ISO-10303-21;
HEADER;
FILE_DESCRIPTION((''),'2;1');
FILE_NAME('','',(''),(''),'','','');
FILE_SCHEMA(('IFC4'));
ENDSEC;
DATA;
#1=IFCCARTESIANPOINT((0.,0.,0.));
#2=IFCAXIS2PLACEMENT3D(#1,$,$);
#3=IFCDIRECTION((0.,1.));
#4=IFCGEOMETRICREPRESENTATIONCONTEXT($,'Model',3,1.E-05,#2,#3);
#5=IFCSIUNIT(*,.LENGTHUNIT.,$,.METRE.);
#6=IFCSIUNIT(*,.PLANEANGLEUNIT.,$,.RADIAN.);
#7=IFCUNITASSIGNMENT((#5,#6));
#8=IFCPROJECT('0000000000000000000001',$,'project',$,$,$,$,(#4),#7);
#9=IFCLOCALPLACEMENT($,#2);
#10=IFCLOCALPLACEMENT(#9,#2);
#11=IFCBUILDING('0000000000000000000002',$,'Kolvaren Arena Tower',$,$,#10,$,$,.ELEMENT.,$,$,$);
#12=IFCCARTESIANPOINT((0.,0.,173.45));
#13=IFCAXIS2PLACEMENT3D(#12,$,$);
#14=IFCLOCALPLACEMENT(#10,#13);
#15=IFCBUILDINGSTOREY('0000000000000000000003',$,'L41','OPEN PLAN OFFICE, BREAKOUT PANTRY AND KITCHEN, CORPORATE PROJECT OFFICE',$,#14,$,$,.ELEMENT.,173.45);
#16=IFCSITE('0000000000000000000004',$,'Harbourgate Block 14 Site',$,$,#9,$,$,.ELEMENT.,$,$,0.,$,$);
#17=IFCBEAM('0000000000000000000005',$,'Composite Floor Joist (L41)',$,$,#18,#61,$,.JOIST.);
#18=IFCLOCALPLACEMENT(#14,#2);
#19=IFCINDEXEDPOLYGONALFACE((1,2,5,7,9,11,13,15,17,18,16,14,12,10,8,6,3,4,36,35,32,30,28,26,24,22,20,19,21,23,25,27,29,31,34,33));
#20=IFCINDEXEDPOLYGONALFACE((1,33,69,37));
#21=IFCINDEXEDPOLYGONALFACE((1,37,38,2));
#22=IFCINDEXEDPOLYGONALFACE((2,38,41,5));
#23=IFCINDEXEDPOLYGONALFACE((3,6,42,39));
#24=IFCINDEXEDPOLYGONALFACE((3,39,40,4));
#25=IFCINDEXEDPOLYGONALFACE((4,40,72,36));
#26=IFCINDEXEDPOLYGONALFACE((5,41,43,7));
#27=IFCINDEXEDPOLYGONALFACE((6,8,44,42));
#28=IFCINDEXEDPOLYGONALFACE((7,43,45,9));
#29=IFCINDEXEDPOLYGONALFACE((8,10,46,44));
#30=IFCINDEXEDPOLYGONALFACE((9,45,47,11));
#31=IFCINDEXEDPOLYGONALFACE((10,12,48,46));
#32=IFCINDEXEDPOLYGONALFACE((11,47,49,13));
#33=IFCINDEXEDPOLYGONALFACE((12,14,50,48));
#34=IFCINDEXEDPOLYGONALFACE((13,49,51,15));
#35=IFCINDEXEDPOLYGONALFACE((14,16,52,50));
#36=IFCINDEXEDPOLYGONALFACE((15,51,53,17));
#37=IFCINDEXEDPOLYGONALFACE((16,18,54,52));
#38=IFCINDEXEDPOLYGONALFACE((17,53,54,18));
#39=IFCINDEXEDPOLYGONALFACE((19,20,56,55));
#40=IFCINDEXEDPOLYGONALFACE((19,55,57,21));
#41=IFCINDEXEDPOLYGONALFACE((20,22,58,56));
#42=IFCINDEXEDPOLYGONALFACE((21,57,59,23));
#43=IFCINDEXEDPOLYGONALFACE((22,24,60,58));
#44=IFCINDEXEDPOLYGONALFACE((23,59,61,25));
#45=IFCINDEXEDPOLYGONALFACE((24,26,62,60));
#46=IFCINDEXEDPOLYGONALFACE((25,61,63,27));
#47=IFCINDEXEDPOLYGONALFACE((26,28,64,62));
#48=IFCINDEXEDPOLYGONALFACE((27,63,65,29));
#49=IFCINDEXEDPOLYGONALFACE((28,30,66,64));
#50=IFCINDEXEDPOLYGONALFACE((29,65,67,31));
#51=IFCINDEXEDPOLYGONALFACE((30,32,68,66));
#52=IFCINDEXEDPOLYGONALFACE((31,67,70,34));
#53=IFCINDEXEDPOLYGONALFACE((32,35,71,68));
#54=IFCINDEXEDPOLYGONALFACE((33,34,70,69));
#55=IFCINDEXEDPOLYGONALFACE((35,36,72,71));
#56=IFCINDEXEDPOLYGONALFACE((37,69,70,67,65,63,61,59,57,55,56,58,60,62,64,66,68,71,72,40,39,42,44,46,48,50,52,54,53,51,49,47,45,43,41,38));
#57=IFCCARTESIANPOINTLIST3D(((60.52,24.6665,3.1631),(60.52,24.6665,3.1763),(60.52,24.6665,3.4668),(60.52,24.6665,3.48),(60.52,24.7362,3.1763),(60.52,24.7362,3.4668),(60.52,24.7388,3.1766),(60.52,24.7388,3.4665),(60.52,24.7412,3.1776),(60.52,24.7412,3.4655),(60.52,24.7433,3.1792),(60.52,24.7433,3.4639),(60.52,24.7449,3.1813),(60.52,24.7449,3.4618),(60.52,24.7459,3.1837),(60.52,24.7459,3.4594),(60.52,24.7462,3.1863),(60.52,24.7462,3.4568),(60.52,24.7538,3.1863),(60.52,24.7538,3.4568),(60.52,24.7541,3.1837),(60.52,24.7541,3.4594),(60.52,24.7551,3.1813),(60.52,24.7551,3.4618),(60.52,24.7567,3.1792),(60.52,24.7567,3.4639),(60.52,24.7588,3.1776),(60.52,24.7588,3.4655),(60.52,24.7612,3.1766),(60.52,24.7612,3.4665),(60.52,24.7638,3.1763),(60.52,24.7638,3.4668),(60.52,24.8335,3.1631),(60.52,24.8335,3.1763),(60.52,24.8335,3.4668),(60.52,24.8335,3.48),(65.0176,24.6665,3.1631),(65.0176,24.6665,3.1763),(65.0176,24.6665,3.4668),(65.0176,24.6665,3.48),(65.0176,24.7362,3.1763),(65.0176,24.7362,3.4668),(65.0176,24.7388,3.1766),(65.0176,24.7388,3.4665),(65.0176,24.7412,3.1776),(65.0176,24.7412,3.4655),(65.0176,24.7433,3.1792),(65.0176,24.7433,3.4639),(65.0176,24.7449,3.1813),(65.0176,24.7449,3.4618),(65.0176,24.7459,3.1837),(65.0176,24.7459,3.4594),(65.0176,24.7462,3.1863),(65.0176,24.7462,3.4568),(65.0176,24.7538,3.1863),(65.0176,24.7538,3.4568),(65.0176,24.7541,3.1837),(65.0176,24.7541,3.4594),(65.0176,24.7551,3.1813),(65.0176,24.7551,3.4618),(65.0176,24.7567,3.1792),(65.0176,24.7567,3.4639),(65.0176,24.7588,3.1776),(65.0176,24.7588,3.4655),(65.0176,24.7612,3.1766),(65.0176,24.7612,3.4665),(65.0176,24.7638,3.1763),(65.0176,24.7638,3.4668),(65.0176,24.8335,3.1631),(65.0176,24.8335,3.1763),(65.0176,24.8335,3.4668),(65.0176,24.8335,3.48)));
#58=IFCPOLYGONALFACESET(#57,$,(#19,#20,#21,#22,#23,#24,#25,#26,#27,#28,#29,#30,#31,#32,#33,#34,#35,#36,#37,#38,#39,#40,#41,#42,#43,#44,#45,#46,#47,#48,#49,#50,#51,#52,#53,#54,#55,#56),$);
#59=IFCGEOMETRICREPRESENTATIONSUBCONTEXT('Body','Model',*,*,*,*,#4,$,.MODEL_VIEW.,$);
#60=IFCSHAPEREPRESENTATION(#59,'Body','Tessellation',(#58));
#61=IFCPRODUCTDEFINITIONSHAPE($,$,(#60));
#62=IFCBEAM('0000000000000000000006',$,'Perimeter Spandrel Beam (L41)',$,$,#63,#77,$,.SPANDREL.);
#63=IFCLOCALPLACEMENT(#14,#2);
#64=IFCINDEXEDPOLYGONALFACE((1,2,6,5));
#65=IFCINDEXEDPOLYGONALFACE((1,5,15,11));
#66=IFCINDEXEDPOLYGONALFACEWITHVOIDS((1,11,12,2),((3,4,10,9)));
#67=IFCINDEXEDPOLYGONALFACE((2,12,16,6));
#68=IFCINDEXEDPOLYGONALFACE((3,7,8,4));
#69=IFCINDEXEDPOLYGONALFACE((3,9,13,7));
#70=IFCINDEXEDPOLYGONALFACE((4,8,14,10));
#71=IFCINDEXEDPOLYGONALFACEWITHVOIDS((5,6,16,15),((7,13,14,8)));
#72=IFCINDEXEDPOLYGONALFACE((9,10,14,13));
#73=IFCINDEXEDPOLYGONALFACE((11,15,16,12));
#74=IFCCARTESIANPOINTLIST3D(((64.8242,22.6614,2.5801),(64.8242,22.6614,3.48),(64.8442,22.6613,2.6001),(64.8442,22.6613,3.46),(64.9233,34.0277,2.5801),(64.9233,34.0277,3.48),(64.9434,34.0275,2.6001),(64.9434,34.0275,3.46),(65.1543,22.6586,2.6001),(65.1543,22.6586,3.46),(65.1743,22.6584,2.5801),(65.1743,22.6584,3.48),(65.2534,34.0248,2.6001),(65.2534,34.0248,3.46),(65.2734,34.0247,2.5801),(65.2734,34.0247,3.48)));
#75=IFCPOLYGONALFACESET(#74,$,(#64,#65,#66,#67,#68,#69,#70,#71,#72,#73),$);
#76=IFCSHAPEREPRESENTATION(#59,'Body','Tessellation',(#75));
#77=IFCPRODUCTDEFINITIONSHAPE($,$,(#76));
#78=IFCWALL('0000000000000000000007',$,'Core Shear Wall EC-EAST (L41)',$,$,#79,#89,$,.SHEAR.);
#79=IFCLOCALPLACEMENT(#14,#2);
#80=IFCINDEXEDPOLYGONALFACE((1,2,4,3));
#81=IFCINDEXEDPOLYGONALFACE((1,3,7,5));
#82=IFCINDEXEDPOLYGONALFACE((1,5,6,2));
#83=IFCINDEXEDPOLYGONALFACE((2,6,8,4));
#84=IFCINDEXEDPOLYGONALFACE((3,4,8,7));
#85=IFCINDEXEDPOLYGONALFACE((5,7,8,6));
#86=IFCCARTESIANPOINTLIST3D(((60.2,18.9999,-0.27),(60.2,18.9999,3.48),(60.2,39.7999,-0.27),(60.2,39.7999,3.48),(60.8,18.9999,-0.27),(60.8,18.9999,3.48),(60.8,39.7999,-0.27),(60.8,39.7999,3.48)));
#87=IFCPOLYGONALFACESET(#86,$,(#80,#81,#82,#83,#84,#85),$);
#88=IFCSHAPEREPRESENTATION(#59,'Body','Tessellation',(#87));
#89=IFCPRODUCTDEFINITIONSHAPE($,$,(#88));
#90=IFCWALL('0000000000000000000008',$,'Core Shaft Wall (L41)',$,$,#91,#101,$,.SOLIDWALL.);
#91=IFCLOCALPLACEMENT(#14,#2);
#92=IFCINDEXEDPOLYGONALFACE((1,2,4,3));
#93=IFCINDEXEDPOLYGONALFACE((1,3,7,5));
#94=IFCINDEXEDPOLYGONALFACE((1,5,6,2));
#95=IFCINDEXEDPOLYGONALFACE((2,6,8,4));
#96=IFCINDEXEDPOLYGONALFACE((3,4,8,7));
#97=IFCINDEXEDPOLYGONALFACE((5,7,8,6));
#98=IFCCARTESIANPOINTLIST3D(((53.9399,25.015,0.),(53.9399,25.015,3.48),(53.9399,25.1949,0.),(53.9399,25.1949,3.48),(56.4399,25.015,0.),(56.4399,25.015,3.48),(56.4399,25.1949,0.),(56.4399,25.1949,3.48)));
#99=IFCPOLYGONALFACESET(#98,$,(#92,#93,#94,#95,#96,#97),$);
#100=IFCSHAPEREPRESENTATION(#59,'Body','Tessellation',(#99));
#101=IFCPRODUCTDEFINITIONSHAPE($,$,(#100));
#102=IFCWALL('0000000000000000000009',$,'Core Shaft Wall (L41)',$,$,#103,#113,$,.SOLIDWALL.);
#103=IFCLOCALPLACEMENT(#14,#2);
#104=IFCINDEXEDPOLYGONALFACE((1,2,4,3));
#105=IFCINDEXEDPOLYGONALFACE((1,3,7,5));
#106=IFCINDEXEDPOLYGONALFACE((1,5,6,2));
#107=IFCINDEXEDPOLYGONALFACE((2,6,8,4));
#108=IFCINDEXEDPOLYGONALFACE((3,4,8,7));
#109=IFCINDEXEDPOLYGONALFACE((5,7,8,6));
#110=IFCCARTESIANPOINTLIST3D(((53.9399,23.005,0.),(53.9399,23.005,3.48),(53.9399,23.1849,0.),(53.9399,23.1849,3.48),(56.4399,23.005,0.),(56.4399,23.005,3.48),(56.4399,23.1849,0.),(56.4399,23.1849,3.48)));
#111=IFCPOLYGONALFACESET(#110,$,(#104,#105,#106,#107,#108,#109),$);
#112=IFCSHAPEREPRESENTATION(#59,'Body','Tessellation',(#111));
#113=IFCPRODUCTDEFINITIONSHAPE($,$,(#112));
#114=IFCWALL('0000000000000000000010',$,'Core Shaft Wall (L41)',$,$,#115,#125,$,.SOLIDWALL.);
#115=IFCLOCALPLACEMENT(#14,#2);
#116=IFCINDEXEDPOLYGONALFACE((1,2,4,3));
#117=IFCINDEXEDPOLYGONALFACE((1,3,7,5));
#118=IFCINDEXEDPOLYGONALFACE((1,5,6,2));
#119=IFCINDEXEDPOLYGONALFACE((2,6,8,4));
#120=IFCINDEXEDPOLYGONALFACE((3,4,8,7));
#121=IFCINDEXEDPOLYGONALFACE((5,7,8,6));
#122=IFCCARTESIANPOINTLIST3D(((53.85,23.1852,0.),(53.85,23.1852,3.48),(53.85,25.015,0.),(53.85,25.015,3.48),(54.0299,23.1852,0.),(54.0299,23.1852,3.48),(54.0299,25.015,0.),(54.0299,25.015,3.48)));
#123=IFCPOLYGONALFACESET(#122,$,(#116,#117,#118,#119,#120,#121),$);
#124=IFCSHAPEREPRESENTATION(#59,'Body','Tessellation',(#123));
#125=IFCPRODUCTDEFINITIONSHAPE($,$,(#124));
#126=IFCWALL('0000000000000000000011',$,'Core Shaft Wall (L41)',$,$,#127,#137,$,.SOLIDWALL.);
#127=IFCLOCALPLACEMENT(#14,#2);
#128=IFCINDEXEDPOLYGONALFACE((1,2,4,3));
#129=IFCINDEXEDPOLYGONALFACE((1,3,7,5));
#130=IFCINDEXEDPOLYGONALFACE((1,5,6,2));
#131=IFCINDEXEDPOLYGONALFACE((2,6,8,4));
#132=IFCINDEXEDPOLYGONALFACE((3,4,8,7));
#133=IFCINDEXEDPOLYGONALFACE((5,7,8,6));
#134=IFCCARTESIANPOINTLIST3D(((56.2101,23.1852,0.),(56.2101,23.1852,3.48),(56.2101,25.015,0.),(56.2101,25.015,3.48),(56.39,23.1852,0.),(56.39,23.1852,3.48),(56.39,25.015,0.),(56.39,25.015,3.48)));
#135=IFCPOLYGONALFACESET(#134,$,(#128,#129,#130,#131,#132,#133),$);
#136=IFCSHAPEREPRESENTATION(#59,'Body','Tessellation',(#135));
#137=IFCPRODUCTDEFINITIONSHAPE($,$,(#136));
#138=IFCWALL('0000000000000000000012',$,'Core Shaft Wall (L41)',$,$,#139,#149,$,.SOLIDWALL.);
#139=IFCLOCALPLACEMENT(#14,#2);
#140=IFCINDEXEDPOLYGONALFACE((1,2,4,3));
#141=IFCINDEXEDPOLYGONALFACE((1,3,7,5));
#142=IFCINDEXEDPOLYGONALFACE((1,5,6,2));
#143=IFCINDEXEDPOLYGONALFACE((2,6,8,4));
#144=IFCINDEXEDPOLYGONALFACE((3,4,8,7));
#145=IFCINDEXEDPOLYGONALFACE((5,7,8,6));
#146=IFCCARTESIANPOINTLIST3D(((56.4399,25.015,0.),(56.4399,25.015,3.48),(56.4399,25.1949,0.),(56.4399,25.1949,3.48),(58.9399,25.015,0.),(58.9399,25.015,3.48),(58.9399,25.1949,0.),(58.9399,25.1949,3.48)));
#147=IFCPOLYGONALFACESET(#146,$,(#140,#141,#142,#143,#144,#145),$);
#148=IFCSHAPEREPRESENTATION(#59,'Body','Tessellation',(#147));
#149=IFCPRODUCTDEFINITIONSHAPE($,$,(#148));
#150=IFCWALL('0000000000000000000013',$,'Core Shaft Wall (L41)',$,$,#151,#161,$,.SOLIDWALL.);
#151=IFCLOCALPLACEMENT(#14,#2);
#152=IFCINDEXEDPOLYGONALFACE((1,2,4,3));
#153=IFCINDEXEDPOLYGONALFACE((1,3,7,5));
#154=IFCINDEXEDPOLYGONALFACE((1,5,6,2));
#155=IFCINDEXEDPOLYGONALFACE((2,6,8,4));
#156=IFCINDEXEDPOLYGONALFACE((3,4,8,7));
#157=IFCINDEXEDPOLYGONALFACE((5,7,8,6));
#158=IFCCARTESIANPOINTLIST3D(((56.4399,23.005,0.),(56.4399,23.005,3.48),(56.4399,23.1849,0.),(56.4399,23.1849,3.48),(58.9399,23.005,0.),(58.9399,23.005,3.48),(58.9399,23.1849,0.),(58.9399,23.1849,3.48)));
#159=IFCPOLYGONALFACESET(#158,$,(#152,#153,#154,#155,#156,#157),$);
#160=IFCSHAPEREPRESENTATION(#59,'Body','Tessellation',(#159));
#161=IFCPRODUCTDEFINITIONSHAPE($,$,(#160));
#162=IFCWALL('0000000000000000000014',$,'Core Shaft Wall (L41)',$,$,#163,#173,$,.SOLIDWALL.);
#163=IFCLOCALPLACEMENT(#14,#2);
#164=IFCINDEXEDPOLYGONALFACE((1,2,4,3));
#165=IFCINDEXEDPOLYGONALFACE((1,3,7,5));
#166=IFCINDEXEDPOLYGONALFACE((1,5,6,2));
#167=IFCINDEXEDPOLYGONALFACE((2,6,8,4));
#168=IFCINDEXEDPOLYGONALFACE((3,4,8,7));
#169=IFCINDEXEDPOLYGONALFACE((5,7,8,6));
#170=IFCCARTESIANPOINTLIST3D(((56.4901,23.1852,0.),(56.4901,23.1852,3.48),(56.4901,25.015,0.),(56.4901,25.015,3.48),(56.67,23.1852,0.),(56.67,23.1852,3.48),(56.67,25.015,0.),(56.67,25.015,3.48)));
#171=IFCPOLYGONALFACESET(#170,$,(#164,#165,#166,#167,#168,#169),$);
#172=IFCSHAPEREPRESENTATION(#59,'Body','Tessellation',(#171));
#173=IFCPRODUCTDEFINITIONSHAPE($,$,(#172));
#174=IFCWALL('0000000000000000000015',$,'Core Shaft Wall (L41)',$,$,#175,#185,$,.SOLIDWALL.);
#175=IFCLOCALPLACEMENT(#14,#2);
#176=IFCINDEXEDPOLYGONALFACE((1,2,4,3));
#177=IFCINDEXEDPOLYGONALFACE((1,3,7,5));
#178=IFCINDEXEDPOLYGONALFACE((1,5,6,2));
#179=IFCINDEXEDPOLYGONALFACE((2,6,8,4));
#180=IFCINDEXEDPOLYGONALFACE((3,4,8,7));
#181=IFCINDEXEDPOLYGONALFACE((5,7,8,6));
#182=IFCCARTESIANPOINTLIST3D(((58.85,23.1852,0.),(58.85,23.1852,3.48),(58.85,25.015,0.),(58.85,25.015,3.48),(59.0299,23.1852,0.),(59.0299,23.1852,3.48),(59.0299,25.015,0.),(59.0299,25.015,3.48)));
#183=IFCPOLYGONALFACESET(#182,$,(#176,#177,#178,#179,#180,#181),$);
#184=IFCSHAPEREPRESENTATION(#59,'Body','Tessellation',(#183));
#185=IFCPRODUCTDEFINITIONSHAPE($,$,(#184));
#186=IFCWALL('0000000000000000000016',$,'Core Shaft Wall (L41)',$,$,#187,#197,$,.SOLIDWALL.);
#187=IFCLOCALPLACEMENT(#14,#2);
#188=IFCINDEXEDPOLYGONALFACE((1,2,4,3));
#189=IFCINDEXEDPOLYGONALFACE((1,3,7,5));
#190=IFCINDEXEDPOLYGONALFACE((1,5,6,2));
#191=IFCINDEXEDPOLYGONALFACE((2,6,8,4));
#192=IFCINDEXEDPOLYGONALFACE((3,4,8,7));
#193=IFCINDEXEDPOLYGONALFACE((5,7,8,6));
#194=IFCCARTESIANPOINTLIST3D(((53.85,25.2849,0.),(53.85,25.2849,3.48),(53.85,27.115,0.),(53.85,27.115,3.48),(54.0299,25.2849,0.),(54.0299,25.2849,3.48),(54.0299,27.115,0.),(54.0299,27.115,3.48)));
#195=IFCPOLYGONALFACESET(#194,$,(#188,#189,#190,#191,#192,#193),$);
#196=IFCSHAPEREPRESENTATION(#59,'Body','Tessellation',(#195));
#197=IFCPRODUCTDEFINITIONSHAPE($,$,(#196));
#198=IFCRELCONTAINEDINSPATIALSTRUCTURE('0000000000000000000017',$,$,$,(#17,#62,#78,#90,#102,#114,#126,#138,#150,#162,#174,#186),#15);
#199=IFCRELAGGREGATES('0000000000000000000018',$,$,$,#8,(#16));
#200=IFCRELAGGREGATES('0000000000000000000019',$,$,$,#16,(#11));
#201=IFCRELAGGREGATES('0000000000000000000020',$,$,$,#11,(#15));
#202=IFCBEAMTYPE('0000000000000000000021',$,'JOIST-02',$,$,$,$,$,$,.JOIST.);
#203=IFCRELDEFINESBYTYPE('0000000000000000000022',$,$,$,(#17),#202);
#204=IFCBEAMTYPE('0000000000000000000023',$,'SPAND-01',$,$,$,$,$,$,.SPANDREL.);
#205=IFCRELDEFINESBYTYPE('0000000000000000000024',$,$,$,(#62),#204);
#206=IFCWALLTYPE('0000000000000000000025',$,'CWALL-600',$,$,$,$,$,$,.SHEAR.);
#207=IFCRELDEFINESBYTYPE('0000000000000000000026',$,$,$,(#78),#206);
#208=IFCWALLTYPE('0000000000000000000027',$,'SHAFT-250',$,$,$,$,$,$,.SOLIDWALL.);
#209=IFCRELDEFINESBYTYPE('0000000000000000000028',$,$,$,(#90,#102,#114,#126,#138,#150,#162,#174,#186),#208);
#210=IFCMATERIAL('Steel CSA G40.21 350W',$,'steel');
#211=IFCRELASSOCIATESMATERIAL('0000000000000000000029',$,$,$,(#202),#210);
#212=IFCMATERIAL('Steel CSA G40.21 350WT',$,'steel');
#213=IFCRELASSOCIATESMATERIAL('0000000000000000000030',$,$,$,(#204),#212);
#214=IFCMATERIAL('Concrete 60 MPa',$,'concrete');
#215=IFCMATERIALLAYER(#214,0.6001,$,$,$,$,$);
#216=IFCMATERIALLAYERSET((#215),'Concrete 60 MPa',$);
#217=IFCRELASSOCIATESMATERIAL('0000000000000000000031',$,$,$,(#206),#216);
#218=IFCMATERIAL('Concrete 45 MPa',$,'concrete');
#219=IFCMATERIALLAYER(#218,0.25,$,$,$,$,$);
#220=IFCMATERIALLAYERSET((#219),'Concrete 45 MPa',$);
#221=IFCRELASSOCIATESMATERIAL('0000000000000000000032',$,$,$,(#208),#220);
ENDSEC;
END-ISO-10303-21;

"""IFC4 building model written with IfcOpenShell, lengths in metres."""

from ifc_helpers import new_model, si_unit, direction, frame, frame_2d, origin, origin_2d, place, context, subcontext, project, spatial, rectangle, hollow_rectangle, i_section, extrude, material, layer, layer_set, material_profile, profile_set, type_object, element, save


model = new_model("IFC4")

# Units and contexts
model_context = context("Model", 3, precision=1e-05, world=origin(), true_north=direction((0.0, 1.0)))
body_context = subcontext(model_context, "Body", "Model", "MODEL_VIEW")
ifc_project = project(units=[si_unit("LENGTHUNIT", "METRE"), si_unit("PLANEANGLEUNIT", "RADIAN")], contexts=[model_context])

# Site, building, storey
site_placement = place(None, origin())
site = spatial("IfcSite", under=ifc_project, at=site_placement, Name="Harbourgate Block 14 Site", CompositionType="ELEMENT", RefElevation=0.0)
building_placement = place(site_placement, origin())
building = spatial("IfcBuilding", under=site, at=building_placement, Name="Kolvaren Arena Tower", CompositionType="ELEMENT")
storey_placement = place(building_placement, frame((0.0, 0.0, 173.45)))
storey = spatial("IfcBuildingStorey", under=building, at=storey_placement, Name="L41", Description="OPEN PLAN OFFICE, BREAKOUT PANTRY AND KITCHEN, CORPORATE PROJECT OFFICE", CompositionType="ELEMENT", Elevation=173.45)

# Beams
ifc_material_1 = material(Name="Steel CSA G40.21 350W", Category="steel")
ifc_material_profile_1 = material_profile(ifc_material_1, i_section(OverallWidth=0.167, OverallDepth=0.3169, WebThickness=0.0076, FlangeThickness=0.0132, FilletRadius=0.01, at=origin_2d()), Name="W310x52")
ifc_profile_set_1 = profile_set([ifc_material_profile_1], Name="Steel CSA G40.21 350W")
beam_type_1 = type_object("IfcBeamType", Name="JOIST-02", PredefinedType="JOIST", material=ifc_profile_set_1)
beam_1_placement = place(storey_placement, frame((60.52, 24.75, 3.3215), z_axis=(1.0, 0.0, 0.0), x_axis=(0.0, 1.0, 0.0)))
element("IfcBeam", 1, at=beam_1_placement, inside=storey, type_object=beam_type_1, Name="Composite Floor Joist (L41)", PredefinedType="JOIST", context=body_context, shape_type="SweptSolid", body=[
    extrude(i_section(OverallWidth=0.167, OverallDepth=0.3169, WebThickness=0.0076, FlangeThickness=0.0132, FilletRadius=0.01, at=origin_2d()), origin(), (0.0, 0.0, 1.0), 4.4976),
])
ifc_material_2 = material(Name="Steel CSA G40.21 350WT", Category="steel")
ifc_material_profile_2 = material_profile(ifc_material_2, hollow_rectangle(XDim=0.3501, YDim=0.8999, WallThickness=0.02, at=origin_2d()), Name="HSS 900x350x20")
ifc_profile_set_2 = profile_set([ifc_material_profile_2], Name="Steel CSA G40.21 350WT")
beam_type_2 = type_object("IfcBeamType", Name="SPAND-01", PredefinedType="SPANDREL", material=ifc_profile_set_2)
beam_2_placement = place(storey_placement, frame((64.9993, 22.6599, 3.03), z_axis=(0.00872, 0.999962, 0.0), x_axis=(-0.999962, 0.00872, 0.0)))
element("IfcBeam", 2, at=beam_2_placement, inside=storey, type_object=beam_type_2, Name="Perimeter Spandrel Beam (L41)", PredefinedType="SPANDREL", context=body_context, shape_type="SweptSolid", body=[
    extrude(hollow_rectangle(XDim=0.3501, YDim=0.8999, WallThickness=0.02, at=origin_2d()), origin(), (0.0, 0.0, 1.0), 11.3667),
])

# Walls
ifc_material_3 = material(Name="Concrete 60 MPa", Category="concrete")
ifc_layer_1 = layer(ifc_material_3, 0.6001)
ifc_layer_set_1 = layer_set([ifc_layer_1], Name="Concrete 60 MPa")
wall_type_1 = type_object("IfcWallType", Name="CWALL-600", PredefinedType="SHEAR", material=ifc_layer_set_1)
wall_1_placement = place(storey_placement, frame((60.5, 19.0, -0.27), z_axis=(0.0, 0.0, 1.0), x_axis=(0.0, 1.0, 0.0)))
element("IfcWall", 3, at=wall_1_placement, inside=storey, type_object=wall_type_1, Name="Core Shear Wall EC-EAST (L41)", PredefinedType="SHEAR", context=body_context, shape_type="SweptSolid", body=[
    extrude(rectangle(XDim=20.8, YDim=0.6001, at=frame_2d((10.3999, 0.0))), origin(), (0.0, 0.0, 1.0), 3.75),
])
ifc_material_4 = material(Name="Concrete 45 MPa", Category="concrete")
ifc_layer_2 = layer(ifc_material_4, 0.25)
ifc_layer_set_2 = layer_set([ifc_layer_2], Name="Concrete 45 MPa")
wall_type_2 = type_object("IfcWallType", Name="SHAFT-250", PredefinedType="SOLIDWALL", material=ifc_layer_set_2)
for number, where, z_axis, x_axis, name in (
    (4, (53.9399, 25.105, 0.0), (0.0, 0.0, 1.0), (1.0, 0.0, 0.0), "Core Shaft Wall (L41)"),
    (5, (53.9399, 23.095, 0.0), (0.0, 0.0, 1.0), (1.0, 0.0, 0.0), "Core Shaft Wall (L41)"),
):
    element("IfcWall", number, at=place(storey_placement, frame(where, z_axis=z_axis, x_axis=x_axis)), inside=storey, type_object=wall_type_2, Name=name, PredefinedType="SOLIDWALL", context=body_context, shape_type="SweptSolid", body=[
        extrude(rectangle(XDim=2.5, YDim=0.1799, at=frame_2d((1.25, 0.0))), origin(), (0.0, 0.0, 1.0), 3.48),
    ])
for number, where, z_axis, x_axis, name in (
    (6, (53.9399, 23.1851, 0.0), (0.0, 0.0, 1.0), (0.0, 1.0, 0.0), "Core Shaft Wall (L41)"),
    (7, (56.3, 23.1851, 0.0), (0.0, 0.0, 1.0), (0.0, 1.0, 0.0), "Core Shaft Wall (L41)"),
):
    element("IfcWall", number, at=place(storey_placement, frame(where, z_axis=z_axis, x_axis=x_axis)), inside=storey, type_object=wall_type_2, Name=name, PredefinedType="SOLIDWALL", context=body_context, shape_type="SweptSolid", body=[
        extrude(rectangle(XDim=1.8298, YDim=0.1799, at=frame_2d((0.915, 0.0))), origin(), (0.0, 0.0, 1.0), 3.48),
    ])
for number, where, z_axis, x_axis, name in (
    (8, (56.4399, 25.105, 0.0), (0.0, 0.0, 1.0), (1.0, 0.0, 0.0), "Core Shaft Wall (L41)"),
    (9, (56.4399, 23.095, 0.0), (0.0, 0.0, 1.0), (1.0, 0.0, 0.0), "Core Shaft Wall (L41)"),
):
    element("IfcWall", number, at=place(storey_placement, frame(where, z_axis=z_axis, x_axis=x_axis)), inside=storey, type_object=wall_type_2, Name=name, PredefinedType="SOLIDWALL", context=body_context, shape_type="SweptSolid", body=[
        extrude(rectangle(XDim=2.5, YDim=0.1799, at=frame_2d((1.25, 0.0))), origin(), (0.0, 0.0, 1.0), 3.48),
    ])
for number, where, z_axis, x_axis, name in (
    (10, (56.5801, 23.1851, 0.0), (0.0, 0.0, 1.0), (0.0, 1.0, 0.0), "Core Shaft Wall (L41)"),
    (11, (58.9399, 23.1851, 0.0), (0.0, 0.0, 1.0), (0.0, 1.0, 0.0), "Core Shaft Wall (L41)"),
):
    element("IfcWall", number, at=place(storey_placement, frame(where, z_axis=z_axis, x_axis=x_axis)), inside=storey, type_object=wall_type_2, Name=name, PredefinedType="SOLIDWALL", context=body_context, shape_type="SweptSolid", body=[
        extrude(rectangle(XDim=1.8298, YDim=0.1799, at=frame_2d((0.915, 0.0))), origin(), (0.0, 0.0, 1.0), 3.48),
    ])
for number, where, z_axis, x_axis, name in (
    (12, (53.9399, 25.2849, 0.0), (0.0, 0.0, 1.0), (0.0, 1.0, 0.0), "Core Shaft Wall (L41)"),
):
    element("IfcWall", number, at=place(storey_placement, frame(where, z_axis=z_axis, x_axis=x_axis)), inside=storey, type_object=wall_type_2, Name=name, PredefinedType="SOLIDWALL", context=body_context, shape_type="SweptSolid", body=[
        extrude(rectangle(XDim=1.8301, YDim=0.1799, at=frame_2d((0.915, 0.0))), origin(), (0.0, 0.0, 1.0), 3.48),
    ])

save(model, "model.ifc")
